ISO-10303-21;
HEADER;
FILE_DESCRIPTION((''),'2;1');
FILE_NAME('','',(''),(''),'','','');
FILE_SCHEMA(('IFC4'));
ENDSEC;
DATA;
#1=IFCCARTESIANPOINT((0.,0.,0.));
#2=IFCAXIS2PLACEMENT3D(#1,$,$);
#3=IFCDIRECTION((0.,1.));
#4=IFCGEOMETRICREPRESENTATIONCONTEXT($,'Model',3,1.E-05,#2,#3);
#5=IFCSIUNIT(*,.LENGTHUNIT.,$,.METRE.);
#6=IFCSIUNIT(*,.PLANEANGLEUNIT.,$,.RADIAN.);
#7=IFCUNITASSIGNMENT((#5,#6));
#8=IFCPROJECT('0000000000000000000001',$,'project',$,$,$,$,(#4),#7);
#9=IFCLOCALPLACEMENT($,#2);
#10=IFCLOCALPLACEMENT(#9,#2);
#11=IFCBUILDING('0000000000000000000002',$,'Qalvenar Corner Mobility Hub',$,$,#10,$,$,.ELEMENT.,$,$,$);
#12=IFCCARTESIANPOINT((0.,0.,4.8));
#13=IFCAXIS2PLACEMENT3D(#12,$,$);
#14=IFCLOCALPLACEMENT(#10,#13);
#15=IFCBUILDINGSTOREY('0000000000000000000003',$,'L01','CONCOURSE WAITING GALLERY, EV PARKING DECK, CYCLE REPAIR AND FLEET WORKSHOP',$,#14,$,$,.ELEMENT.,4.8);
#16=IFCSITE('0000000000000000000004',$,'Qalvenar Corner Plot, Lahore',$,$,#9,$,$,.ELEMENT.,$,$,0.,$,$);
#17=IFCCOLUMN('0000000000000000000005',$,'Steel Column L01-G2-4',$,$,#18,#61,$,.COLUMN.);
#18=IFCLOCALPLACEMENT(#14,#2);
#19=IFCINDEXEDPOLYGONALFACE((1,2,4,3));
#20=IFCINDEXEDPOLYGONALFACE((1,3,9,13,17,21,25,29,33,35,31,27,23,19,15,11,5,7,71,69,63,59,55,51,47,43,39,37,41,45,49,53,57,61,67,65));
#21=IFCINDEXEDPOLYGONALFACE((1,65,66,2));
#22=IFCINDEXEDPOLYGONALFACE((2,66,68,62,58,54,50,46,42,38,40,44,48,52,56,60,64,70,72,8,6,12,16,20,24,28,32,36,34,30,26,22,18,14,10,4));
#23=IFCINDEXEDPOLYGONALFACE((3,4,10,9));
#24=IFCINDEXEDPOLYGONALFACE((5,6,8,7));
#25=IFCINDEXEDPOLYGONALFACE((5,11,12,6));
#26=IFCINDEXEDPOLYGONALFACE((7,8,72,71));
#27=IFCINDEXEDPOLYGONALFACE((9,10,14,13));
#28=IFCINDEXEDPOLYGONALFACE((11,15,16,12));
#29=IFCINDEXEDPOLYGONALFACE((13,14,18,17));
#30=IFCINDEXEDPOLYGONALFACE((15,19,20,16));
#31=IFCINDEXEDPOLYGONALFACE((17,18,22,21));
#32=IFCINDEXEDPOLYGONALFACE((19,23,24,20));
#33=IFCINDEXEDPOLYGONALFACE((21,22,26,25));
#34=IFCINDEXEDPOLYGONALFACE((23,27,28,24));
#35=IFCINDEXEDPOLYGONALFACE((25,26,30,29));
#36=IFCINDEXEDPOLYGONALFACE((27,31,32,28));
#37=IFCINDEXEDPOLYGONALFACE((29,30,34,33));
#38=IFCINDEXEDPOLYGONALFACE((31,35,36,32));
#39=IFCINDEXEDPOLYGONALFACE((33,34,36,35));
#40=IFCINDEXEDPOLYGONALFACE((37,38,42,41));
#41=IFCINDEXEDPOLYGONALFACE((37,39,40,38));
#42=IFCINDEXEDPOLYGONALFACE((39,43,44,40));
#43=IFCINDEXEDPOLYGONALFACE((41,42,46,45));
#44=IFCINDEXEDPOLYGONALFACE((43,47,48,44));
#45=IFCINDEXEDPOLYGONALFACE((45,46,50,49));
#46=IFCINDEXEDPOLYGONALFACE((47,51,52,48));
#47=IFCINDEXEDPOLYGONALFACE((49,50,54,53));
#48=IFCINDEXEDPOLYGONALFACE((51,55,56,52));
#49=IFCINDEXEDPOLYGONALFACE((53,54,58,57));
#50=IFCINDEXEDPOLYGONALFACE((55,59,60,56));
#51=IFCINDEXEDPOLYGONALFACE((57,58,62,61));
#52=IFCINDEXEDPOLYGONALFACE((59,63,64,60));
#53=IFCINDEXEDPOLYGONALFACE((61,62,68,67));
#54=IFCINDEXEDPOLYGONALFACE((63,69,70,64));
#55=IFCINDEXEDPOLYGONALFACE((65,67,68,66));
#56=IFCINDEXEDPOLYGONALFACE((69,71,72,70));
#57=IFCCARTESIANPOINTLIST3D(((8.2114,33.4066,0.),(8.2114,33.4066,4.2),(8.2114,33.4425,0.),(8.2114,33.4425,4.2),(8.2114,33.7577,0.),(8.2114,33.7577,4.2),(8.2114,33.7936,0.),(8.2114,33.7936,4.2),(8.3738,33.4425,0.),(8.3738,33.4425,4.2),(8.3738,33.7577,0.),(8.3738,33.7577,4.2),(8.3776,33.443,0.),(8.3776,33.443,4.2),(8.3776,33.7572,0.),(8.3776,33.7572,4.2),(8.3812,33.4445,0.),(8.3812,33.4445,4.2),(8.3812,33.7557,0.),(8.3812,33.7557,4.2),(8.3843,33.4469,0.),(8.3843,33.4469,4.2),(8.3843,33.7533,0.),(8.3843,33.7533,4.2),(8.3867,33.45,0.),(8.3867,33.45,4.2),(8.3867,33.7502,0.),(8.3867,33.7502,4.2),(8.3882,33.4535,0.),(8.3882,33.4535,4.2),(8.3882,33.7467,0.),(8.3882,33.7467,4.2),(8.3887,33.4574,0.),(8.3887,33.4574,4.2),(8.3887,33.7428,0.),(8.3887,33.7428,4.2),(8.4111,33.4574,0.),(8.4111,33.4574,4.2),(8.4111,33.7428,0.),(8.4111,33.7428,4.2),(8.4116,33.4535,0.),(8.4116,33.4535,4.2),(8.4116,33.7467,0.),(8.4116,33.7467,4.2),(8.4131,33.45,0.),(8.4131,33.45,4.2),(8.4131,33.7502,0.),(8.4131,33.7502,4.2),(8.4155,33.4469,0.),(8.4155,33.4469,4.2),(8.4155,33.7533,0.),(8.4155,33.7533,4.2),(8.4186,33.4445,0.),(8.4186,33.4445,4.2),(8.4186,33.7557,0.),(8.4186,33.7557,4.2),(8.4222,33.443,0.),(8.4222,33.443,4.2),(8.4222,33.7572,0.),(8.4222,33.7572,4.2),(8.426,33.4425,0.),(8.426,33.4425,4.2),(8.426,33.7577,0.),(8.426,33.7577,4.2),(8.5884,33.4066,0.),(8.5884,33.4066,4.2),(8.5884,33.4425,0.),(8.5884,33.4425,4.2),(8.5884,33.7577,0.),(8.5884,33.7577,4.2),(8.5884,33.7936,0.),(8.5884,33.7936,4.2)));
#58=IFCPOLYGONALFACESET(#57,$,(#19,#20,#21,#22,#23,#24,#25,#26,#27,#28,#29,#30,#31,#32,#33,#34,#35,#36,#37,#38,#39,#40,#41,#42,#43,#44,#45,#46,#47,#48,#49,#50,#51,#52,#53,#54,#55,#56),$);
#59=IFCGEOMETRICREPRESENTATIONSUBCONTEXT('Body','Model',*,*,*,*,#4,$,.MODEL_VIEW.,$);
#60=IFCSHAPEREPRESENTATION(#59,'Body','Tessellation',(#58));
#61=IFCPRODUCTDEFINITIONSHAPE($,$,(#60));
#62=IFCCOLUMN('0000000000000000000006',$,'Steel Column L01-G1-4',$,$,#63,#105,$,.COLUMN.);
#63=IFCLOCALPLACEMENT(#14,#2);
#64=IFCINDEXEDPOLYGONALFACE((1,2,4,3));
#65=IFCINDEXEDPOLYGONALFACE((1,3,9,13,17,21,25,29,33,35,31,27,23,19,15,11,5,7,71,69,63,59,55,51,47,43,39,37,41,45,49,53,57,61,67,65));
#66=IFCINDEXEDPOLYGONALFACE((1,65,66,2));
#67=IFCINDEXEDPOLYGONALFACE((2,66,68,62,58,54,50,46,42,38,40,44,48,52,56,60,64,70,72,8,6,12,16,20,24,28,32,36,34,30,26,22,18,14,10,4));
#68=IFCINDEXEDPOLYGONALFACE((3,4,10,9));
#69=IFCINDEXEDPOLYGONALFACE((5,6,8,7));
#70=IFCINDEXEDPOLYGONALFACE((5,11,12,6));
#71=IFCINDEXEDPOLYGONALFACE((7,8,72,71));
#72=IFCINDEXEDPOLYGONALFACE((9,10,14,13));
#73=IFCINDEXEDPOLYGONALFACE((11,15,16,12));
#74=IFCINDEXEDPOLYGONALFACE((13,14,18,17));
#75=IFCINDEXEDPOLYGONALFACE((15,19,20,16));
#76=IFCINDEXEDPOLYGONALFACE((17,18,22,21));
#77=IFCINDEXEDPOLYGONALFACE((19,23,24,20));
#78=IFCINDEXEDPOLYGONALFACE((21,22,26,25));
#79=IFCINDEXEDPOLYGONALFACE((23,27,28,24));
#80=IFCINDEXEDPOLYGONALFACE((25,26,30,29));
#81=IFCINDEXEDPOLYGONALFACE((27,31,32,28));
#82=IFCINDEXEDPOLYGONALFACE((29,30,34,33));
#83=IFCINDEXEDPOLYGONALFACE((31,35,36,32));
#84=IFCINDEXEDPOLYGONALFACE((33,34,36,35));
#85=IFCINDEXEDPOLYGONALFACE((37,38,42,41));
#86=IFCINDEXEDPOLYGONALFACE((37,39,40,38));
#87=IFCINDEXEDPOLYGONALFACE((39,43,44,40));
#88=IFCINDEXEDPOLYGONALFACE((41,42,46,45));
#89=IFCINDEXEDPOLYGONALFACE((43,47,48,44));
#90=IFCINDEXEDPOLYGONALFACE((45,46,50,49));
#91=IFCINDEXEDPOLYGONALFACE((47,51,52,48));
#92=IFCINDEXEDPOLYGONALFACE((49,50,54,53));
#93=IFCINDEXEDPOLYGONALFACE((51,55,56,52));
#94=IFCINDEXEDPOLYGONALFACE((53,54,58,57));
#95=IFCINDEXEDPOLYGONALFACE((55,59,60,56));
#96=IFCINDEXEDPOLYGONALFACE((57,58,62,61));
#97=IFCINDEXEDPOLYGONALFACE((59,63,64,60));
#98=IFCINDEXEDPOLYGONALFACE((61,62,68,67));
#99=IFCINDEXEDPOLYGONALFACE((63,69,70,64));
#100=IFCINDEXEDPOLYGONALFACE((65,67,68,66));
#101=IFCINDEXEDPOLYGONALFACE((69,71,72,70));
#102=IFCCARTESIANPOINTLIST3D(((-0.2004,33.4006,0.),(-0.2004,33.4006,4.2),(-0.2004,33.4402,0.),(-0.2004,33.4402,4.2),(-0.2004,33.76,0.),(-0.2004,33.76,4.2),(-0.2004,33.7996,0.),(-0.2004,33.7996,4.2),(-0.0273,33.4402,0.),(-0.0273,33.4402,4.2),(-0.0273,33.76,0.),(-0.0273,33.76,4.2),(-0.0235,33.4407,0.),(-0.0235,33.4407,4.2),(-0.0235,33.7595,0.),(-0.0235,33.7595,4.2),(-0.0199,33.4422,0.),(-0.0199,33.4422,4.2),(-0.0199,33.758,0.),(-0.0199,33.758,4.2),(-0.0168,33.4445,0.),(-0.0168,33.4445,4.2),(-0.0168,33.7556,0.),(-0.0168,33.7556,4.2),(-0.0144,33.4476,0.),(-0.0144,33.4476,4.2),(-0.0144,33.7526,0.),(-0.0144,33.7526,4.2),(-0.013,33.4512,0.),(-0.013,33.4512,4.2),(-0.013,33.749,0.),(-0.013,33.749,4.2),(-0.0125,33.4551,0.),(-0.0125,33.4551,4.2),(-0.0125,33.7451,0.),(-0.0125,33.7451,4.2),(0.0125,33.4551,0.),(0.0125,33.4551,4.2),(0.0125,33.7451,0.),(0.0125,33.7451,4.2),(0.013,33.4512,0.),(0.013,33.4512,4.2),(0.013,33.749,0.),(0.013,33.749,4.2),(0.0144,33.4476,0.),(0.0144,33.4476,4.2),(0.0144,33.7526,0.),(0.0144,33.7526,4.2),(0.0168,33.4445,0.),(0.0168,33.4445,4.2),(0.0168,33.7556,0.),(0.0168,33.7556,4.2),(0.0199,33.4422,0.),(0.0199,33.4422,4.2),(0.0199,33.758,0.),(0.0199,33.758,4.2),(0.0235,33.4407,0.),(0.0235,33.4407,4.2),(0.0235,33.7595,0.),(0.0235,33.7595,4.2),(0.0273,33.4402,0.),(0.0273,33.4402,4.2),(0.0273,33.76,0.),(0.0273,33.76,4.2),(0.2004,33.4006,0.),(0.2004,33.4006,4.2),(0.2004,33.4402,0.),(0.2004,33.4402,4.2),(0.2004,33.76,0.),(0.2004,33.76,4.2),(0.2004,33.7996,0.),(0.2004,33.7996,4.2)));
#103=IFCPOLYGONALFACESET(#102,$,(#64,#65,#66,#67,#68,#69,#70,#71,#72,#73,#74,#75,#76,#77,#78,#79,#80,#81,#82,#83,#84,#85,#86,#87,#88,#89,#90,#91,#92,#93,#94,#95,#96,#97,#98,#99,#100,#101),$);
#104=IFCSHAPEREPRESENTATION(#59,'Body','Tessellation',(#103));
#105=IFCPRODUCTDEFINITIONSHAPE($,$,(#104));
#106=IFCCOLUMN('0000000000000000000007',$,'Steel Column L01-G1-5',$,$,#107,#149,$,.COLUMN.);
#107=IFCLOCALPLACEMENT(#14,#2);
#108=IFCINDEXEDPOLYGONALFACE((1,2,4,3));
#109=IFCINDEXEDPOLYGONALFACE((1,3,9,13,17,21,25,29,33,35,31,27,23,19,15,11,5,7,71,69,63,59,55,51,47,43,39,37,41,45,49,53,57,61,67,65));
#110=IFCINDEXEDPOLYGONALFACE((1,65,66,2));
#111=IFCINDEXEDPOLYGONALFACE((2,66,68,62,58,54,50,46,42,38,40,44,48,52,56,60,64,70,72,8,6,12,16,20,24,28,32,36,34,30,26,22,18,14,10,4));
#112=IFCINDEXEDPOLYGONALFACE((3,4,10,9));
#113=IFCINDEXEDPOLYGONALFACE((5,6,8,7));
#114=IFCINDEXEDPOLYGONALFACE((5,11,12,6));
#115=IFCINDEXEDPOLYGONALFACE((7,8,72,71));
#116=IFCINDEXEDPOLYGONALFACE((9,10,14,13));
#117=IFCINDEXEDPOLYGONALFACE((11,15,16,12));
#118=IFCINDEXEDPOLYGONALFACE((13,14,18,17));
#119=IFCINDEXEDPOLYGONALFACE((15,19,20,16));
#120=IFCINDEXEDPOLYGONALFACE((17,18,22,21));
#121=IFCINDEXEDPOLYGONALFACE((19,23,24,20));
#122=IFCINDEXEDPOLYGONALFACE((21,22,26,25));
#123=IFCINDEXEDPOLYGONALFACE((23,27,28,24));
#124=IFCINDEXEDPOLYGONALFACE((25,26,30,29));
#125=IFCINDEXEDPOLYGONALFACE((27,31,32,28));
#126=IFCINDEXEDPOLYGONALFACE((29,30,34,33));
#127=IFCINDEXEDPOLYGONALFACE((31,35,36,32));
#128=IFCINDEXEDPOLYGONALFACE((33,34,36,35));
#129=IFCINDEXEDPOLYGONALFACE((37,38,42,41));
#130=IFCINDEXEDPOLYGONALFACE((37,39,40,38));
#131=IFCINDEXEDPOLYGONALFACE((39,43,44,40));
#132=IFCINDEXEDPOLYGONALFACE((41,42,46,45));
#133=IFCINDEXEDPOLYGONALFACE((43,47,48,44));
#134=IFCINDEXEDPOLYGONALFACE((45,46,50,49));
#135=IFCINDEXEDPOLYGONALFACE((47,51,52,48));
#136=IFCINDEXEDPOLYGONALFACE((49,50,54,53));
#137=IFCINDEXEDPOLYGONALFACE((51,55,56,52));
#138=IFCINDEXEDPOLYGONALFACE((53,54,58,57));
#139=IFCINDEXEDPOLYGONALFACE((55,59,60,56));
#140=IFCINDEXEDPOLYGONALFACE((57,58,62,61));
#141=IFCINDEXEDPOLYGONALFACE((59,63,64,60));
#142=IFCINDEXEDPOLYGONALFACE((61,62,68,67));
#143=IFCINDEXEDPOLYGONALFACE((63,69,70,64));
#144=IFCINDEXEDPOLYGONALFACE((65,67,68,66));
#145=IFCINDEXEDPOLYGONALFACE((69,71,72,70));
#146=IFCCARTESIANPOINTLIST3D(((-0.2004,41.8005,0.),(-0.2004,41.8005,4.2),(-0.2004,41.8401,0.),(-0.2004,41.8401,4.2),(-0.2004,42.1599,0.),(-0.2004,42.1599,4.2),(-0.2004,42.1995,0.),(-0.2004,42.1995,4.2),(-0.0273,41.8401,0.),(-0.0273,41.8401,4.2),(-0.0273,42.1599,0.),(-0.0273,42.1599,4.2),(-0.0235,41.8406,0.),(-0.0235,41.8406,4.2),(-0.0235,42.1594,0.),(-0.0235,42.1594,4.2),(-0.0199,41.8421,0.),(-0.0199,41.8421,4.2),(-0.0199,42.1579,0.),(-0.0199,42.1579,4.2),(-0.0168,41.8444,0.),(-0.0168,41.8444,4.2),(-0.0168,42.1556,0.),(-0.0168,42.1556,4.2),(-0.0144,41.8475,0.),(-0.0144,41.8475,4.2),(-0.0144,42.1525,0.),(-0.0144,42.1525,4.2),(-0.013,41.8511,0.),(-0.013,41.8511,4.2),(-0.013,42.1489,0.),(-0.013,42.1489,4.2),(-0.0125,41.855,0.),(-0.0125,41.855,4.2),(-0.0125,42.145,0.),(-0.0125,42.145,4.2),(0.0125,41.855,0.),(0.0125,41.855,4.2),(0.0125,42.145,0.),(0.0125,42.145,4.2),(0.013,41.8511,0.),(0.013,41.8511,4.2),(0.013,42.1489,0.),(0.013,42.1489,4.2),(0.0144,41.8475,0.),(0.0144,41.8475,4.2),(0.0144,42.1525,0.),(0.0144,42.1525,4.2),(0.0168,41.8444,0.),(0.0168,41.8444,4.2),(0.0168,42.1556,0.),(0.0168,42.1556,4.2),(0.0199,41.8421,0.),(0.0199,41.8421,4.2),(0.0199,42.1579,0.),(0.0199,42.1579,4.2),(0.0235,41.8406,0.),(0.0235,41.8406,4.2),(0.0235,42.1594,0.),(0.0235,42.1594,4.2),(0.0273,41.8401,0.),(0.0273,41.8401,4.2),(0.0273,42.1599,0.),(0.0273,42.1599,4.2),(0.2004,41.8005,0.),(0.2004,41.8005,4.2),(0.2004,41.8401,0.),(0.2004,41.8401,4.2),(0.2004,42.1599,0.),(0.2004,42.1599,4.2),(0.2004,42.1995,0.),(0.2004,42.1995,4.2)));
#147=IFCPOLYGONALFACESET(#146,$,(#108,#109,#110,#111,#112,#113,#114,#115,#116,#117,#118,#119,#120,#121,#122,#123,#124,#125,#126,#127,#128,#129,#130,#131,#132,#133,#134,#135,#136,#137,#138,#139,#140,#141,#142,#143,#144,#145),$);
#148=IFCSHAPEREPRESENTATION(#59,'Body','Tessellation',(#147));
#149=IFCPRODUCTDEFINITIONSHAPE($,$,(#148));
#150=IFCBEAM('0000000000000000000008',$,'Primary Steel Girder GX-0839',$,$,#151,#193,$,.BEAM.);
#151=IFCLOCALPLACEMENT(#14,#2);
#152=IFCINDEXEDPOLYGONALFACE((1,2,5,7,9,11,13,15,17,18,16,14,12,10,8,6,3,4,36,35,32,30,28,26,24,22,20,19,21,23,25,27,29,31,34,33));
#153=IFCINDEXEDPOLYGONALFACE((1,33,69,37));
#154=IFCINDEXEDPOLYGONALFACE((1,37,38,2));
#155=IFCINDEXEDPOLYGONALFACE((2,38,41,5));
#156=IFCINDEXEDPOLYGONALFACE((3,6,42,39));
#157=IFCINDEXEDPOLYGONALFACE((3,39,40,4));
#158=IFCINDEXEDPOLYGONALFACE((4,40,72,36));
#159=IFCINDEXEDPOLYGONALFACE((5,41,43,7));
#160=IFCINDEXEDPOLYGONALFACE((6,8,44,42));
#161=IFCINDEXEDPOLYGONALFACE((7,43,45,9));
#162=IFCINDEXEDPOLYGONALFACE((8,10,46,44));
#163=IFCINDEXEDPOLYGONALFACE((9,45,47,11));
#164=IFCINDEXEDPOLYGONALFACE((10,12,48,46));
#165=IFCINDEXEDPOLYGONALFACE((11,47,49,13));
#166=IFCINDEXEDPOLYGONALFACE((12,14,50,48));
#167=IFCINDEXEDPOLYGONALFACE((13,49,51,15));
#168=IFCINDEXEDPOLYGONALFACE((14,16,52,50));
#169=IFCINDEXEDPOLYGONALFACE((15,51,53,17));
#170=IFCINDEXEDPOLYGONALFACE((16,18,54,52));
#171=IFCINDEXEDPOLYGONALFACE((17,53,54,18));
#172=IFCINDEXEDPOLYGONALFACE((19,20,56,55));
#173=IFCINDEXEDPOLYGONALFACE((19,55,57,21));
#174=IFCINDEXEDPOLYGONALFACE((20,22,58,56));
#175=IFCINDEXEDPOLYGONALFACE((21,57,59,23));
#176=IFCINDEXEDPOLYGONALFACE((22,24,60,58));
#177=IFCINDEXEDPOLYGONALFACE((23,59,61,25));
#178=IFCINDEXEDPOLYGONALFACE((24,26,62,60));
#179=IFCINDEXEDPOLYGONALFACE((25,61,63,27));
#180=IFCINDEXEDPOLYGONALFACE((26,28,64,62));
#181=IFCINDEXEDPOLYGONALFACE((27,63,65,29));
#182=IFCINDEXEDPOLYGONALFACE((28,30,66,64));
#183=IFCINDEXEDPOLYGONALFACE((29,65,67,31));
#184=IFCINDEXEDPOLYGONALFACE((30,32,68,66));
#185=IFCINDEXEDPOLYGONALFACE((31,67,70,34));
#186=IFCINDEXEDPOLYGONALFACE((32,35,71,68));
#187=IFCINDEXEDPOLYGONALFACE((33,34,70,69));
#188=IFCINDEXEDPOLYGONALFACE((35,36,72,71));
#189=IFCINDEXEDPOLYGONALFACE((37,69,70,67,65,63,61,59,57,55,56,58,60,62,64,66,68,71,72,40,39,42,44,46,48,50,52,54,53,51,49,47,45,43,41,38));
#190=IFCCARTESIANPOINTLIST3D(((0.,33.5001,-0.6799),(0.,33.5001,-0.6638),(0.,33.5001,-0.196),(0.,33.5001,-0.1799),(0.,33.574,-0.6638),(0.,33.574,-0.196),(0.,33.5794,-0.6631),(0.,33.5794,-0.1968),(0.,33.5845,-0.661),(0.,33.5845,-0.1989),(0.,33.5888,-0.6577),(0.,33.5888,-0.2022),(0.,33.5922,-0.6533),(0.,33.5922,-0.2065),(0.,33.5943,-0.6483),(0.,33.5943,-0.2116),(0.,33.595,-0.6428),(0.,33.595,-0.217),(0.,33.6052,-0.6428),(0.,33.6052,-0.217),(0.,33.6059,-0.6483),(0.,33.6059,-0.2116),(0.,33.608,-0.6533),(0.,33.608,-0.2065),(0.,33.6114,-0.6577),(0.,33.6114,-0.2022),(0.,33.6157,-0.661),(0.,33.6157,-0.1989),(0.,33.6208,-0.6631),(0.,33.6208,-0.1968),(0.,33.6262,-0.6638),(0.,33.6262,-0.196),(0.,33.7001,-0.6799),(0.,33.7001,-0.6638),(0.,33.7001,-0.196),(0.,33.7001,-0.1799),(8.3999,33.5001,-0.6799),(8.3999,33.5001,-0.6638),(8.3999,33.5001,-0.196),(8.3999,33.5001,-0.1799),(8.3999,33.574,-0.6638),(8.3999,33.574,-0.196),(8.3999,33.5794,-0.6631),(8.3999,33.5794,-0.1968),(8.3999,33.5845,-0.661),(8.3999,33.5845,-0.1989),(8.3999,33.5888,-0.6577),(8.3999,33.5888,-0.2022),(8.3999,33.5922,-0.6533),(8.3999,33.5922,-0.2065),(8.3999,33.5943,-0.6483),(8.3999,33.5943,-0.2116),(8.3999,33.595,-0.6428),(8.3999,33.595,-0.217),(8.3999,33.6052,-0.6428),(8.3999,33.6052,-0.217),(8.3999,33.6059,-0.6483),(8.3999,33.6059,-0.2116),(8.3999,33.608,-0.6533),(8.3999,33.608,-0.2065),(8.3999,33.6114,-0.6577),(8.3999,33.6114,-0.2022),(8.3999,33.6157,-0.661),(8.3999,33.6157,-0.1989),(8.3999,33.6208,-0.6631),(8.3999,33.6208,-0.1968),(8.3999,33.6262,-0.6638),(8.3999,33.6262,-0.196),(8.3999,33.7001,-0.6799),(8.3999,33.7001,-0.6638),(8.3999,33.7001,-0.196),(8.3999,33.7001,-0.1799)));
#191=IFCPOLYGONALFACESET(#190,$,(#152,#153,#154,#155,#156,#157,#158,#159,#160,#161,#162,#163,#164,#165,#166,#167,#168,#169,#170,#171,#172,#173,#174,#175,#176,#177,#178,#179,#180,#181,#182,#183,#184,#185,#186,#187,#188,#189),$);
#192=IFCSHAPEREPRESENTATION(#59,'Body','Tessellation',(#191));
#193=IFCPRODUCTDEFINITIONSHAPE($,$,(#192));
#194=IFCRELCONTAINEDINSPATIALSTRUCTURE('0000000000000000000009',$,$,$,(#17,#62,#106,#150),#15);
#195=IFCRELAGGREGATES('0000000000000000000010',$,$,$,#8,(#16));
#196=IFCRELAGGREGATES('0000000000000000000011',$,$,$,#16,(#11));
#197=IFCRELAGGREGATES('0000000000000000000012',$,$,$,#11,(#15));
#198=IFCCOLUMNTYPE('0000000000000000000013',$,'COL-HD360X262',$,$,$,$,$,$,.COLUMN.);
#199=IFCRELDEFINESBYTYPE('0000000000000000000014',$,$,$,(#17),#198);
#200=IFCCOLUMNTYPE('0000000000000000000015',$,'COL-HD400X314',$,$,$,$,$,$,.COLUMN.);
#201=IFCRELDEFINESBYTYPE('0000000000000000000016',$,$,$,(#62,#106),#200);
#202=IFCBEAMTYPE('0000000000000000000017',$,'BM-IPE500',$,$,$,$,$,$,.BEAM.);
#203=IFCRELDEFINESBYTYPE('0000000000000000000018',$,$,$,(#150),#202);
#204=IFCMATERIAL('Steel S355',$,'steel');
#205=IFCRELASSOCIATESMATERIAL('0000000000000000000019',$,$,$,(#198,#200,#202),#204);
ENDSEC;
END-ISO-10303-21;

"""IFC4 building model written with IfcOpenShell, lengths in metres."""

from ifc_helpers import new_model, si_unit, direction, frame, origin, origin_2d, place, context, subcontext, project, spatial, i_section, extrude, material, material_profile, profile_set, type_object, element, save


model = new_model("IFC4")

# Units and contexts
model_context = context("Model", 3, precision=1e-05, world=origin(), true_north=direction((0.0, 1.0)))
body_context = subcontext(model_context, "Body", "Model", "MODEL_VIEW")
ifc_project = project(units=[si_unit("LENGTHUNIT", "METRE"), si_unit("PLANEANGLEUNIT", "RADIAN")], contexts=[model_context])

# Site, building, storey
site_placement = place(None, origin())
site = spatial("IfcSite", under=ifc_project, at=site_placement, Name="Qalvenar Corner Plot, Lahore", CompositionType="ELEMENT", RefElevation=0.0)
building_placement = place(site_placement, origin())
building = spatial("IfcBuilding", under=site, at=building_placement, Name="Qalvenar Corner Mobility Hub", CompositionType="ELEMENT")
storey_placement = place(building_placement, frame((0.0, 0.0, 4.8)))
storey = spatial("IfcBuildingStorey", under=building, at=storey_placement, Name="L01", Description="CONCOURSE WAITING GALLERY, EV PARKING DECK, CYCLE REPAIR AND FLEET WORKSHOP", CompositionType="ELEMENT", Elevation=4.8)

# Columns
ifc_material_1 = material(Name="Steel S355", Category="steel")
ifc_material_profile_1 = material_profile(ifc_material_1, i_section(OverallWidth=0.377, OverallDepth=0.387, WebThickness=0.0225, FlangeThickness=0.0359, FilletRadius=0.0149, at=origin_2d()), Name="HD360x262")
ifc_profile_set_1 = profile_set([ifc_material_profile_1], Name="Steel S355")
column_type_1 = type_object("IfcColumnType", Name="COL-HD360X262", PredefinedType="COLUMN", material=ifc_profile_set_1)
column_placement = place(storey_placement, frame((8.3999, 33.6001, 0.0), z_axis=(0.0, 0.0, 1.0), x_axis=(1.0, 0.0, 0.0)))
element("IfcColumn", 1, at=column_placement, inside=storey, type_object=column_type_1, Name="Steel Column L01-G2-4", PredefinedType="COLUMN", context=body_context, shape_type="SweptSolid", body=[
    extrude(i_section(OverallWidth=0.377, OverallDepth=0.387, WebThickness=0.0225, FlangeThickness=0.0359, FilletRadius=0.0149, at=origin_2d()), origin(), (0.0, 0.0, 1.0), 4.2),
])
ifc_material_profile_2 = material_profile(ifc_material_1, i_section(OverallWidth=0.4009, OverallDepth=0.3989, WebThickness=0.0249, FlangeThickness=0.0396, FilletRadius=0.0149, at=origin_2d()), Name="HD400x314")
ifc_profile_set_2 = profile_set([ifc_material_profile_2], Name="Steel S355")
column_type_2 = type_object("IfcColumnType", Name="COL-HD400X314", PredefinedType="COLUMN", material=ifc_profile_set_2)
for number, where, z_axis, x_axis, name in (
    (2, (0.0, 33.6001, 0.0), (0.0, 0.0, 1.0), (1.0, 0.0, 0.0), "Steel Column L01-G1-4"),
    (3, (0.0, 42.0, 0.0), (0.0, 0.0, 1.0), (1.0, 0.0, 0.0), "Steel Column L01-G1-5"),
):
    element("IfcColumn", number, at=place(storey_placement, frame(where, z_axis=z_axis, x_axis=x_axis)), inside=storey, type_object=column_type_2, Name=name, PredefinedType="COLUMN", context=body_context, shape_type="SweptSolid", body=[
        extrude(i_section(OverallWidth=0.4009, OverallDepth=0.3989, WebThickness=0.0249, FlangeThickness=0.0396, FilletRadius=0.0149, at=origin_2d()), origin(), (0.0, 0.0, 1.0), 4.2),
    ])

# Beam
ifc_material_profile_3 = material_profile(ifc_material_1, i_section(OverallWidth=0.2, OverallDepth=0.5, WebThickness=0.0103, FlangeThickness=0.0161, FilletRadius=0.021, at=origin_2d()), Name="IPE500")
ifc_profile_set_3 = profile_set([ifc_material_profile_3], Name="Steel S355")
beam_type_1 = type_object("IfcBeamType", Name="BM-IPE500", PredefinedType="BEAM", material=ifc_profile_set_3)
beam_1_placement = place(storey_placement, frame((0.0, 33.6001, -0.4299), z_axis=(1.0, 0.0, 0.0), x_axis=(0.0, 1.0, 0.0)))
element("IfcBeam", 4, at=beam_1_placement, inside=storey, type_object=beam_type_1, Name="Primary Steel Girder GX-0839", PredefinedType="BEAM", context=body_context, shape_type="SweptSolid", body=[
    extrude(i_section(OverallWidth=0.2, OverallDepth=0.5, WebThickness=0.0103, FlangeThickness=0.0161, FilletRadius=0.021, at=origin_2d()), origin(), (0.0, 0.0, 1.0), 8.3999),
])

save(model, "model.ifc")
